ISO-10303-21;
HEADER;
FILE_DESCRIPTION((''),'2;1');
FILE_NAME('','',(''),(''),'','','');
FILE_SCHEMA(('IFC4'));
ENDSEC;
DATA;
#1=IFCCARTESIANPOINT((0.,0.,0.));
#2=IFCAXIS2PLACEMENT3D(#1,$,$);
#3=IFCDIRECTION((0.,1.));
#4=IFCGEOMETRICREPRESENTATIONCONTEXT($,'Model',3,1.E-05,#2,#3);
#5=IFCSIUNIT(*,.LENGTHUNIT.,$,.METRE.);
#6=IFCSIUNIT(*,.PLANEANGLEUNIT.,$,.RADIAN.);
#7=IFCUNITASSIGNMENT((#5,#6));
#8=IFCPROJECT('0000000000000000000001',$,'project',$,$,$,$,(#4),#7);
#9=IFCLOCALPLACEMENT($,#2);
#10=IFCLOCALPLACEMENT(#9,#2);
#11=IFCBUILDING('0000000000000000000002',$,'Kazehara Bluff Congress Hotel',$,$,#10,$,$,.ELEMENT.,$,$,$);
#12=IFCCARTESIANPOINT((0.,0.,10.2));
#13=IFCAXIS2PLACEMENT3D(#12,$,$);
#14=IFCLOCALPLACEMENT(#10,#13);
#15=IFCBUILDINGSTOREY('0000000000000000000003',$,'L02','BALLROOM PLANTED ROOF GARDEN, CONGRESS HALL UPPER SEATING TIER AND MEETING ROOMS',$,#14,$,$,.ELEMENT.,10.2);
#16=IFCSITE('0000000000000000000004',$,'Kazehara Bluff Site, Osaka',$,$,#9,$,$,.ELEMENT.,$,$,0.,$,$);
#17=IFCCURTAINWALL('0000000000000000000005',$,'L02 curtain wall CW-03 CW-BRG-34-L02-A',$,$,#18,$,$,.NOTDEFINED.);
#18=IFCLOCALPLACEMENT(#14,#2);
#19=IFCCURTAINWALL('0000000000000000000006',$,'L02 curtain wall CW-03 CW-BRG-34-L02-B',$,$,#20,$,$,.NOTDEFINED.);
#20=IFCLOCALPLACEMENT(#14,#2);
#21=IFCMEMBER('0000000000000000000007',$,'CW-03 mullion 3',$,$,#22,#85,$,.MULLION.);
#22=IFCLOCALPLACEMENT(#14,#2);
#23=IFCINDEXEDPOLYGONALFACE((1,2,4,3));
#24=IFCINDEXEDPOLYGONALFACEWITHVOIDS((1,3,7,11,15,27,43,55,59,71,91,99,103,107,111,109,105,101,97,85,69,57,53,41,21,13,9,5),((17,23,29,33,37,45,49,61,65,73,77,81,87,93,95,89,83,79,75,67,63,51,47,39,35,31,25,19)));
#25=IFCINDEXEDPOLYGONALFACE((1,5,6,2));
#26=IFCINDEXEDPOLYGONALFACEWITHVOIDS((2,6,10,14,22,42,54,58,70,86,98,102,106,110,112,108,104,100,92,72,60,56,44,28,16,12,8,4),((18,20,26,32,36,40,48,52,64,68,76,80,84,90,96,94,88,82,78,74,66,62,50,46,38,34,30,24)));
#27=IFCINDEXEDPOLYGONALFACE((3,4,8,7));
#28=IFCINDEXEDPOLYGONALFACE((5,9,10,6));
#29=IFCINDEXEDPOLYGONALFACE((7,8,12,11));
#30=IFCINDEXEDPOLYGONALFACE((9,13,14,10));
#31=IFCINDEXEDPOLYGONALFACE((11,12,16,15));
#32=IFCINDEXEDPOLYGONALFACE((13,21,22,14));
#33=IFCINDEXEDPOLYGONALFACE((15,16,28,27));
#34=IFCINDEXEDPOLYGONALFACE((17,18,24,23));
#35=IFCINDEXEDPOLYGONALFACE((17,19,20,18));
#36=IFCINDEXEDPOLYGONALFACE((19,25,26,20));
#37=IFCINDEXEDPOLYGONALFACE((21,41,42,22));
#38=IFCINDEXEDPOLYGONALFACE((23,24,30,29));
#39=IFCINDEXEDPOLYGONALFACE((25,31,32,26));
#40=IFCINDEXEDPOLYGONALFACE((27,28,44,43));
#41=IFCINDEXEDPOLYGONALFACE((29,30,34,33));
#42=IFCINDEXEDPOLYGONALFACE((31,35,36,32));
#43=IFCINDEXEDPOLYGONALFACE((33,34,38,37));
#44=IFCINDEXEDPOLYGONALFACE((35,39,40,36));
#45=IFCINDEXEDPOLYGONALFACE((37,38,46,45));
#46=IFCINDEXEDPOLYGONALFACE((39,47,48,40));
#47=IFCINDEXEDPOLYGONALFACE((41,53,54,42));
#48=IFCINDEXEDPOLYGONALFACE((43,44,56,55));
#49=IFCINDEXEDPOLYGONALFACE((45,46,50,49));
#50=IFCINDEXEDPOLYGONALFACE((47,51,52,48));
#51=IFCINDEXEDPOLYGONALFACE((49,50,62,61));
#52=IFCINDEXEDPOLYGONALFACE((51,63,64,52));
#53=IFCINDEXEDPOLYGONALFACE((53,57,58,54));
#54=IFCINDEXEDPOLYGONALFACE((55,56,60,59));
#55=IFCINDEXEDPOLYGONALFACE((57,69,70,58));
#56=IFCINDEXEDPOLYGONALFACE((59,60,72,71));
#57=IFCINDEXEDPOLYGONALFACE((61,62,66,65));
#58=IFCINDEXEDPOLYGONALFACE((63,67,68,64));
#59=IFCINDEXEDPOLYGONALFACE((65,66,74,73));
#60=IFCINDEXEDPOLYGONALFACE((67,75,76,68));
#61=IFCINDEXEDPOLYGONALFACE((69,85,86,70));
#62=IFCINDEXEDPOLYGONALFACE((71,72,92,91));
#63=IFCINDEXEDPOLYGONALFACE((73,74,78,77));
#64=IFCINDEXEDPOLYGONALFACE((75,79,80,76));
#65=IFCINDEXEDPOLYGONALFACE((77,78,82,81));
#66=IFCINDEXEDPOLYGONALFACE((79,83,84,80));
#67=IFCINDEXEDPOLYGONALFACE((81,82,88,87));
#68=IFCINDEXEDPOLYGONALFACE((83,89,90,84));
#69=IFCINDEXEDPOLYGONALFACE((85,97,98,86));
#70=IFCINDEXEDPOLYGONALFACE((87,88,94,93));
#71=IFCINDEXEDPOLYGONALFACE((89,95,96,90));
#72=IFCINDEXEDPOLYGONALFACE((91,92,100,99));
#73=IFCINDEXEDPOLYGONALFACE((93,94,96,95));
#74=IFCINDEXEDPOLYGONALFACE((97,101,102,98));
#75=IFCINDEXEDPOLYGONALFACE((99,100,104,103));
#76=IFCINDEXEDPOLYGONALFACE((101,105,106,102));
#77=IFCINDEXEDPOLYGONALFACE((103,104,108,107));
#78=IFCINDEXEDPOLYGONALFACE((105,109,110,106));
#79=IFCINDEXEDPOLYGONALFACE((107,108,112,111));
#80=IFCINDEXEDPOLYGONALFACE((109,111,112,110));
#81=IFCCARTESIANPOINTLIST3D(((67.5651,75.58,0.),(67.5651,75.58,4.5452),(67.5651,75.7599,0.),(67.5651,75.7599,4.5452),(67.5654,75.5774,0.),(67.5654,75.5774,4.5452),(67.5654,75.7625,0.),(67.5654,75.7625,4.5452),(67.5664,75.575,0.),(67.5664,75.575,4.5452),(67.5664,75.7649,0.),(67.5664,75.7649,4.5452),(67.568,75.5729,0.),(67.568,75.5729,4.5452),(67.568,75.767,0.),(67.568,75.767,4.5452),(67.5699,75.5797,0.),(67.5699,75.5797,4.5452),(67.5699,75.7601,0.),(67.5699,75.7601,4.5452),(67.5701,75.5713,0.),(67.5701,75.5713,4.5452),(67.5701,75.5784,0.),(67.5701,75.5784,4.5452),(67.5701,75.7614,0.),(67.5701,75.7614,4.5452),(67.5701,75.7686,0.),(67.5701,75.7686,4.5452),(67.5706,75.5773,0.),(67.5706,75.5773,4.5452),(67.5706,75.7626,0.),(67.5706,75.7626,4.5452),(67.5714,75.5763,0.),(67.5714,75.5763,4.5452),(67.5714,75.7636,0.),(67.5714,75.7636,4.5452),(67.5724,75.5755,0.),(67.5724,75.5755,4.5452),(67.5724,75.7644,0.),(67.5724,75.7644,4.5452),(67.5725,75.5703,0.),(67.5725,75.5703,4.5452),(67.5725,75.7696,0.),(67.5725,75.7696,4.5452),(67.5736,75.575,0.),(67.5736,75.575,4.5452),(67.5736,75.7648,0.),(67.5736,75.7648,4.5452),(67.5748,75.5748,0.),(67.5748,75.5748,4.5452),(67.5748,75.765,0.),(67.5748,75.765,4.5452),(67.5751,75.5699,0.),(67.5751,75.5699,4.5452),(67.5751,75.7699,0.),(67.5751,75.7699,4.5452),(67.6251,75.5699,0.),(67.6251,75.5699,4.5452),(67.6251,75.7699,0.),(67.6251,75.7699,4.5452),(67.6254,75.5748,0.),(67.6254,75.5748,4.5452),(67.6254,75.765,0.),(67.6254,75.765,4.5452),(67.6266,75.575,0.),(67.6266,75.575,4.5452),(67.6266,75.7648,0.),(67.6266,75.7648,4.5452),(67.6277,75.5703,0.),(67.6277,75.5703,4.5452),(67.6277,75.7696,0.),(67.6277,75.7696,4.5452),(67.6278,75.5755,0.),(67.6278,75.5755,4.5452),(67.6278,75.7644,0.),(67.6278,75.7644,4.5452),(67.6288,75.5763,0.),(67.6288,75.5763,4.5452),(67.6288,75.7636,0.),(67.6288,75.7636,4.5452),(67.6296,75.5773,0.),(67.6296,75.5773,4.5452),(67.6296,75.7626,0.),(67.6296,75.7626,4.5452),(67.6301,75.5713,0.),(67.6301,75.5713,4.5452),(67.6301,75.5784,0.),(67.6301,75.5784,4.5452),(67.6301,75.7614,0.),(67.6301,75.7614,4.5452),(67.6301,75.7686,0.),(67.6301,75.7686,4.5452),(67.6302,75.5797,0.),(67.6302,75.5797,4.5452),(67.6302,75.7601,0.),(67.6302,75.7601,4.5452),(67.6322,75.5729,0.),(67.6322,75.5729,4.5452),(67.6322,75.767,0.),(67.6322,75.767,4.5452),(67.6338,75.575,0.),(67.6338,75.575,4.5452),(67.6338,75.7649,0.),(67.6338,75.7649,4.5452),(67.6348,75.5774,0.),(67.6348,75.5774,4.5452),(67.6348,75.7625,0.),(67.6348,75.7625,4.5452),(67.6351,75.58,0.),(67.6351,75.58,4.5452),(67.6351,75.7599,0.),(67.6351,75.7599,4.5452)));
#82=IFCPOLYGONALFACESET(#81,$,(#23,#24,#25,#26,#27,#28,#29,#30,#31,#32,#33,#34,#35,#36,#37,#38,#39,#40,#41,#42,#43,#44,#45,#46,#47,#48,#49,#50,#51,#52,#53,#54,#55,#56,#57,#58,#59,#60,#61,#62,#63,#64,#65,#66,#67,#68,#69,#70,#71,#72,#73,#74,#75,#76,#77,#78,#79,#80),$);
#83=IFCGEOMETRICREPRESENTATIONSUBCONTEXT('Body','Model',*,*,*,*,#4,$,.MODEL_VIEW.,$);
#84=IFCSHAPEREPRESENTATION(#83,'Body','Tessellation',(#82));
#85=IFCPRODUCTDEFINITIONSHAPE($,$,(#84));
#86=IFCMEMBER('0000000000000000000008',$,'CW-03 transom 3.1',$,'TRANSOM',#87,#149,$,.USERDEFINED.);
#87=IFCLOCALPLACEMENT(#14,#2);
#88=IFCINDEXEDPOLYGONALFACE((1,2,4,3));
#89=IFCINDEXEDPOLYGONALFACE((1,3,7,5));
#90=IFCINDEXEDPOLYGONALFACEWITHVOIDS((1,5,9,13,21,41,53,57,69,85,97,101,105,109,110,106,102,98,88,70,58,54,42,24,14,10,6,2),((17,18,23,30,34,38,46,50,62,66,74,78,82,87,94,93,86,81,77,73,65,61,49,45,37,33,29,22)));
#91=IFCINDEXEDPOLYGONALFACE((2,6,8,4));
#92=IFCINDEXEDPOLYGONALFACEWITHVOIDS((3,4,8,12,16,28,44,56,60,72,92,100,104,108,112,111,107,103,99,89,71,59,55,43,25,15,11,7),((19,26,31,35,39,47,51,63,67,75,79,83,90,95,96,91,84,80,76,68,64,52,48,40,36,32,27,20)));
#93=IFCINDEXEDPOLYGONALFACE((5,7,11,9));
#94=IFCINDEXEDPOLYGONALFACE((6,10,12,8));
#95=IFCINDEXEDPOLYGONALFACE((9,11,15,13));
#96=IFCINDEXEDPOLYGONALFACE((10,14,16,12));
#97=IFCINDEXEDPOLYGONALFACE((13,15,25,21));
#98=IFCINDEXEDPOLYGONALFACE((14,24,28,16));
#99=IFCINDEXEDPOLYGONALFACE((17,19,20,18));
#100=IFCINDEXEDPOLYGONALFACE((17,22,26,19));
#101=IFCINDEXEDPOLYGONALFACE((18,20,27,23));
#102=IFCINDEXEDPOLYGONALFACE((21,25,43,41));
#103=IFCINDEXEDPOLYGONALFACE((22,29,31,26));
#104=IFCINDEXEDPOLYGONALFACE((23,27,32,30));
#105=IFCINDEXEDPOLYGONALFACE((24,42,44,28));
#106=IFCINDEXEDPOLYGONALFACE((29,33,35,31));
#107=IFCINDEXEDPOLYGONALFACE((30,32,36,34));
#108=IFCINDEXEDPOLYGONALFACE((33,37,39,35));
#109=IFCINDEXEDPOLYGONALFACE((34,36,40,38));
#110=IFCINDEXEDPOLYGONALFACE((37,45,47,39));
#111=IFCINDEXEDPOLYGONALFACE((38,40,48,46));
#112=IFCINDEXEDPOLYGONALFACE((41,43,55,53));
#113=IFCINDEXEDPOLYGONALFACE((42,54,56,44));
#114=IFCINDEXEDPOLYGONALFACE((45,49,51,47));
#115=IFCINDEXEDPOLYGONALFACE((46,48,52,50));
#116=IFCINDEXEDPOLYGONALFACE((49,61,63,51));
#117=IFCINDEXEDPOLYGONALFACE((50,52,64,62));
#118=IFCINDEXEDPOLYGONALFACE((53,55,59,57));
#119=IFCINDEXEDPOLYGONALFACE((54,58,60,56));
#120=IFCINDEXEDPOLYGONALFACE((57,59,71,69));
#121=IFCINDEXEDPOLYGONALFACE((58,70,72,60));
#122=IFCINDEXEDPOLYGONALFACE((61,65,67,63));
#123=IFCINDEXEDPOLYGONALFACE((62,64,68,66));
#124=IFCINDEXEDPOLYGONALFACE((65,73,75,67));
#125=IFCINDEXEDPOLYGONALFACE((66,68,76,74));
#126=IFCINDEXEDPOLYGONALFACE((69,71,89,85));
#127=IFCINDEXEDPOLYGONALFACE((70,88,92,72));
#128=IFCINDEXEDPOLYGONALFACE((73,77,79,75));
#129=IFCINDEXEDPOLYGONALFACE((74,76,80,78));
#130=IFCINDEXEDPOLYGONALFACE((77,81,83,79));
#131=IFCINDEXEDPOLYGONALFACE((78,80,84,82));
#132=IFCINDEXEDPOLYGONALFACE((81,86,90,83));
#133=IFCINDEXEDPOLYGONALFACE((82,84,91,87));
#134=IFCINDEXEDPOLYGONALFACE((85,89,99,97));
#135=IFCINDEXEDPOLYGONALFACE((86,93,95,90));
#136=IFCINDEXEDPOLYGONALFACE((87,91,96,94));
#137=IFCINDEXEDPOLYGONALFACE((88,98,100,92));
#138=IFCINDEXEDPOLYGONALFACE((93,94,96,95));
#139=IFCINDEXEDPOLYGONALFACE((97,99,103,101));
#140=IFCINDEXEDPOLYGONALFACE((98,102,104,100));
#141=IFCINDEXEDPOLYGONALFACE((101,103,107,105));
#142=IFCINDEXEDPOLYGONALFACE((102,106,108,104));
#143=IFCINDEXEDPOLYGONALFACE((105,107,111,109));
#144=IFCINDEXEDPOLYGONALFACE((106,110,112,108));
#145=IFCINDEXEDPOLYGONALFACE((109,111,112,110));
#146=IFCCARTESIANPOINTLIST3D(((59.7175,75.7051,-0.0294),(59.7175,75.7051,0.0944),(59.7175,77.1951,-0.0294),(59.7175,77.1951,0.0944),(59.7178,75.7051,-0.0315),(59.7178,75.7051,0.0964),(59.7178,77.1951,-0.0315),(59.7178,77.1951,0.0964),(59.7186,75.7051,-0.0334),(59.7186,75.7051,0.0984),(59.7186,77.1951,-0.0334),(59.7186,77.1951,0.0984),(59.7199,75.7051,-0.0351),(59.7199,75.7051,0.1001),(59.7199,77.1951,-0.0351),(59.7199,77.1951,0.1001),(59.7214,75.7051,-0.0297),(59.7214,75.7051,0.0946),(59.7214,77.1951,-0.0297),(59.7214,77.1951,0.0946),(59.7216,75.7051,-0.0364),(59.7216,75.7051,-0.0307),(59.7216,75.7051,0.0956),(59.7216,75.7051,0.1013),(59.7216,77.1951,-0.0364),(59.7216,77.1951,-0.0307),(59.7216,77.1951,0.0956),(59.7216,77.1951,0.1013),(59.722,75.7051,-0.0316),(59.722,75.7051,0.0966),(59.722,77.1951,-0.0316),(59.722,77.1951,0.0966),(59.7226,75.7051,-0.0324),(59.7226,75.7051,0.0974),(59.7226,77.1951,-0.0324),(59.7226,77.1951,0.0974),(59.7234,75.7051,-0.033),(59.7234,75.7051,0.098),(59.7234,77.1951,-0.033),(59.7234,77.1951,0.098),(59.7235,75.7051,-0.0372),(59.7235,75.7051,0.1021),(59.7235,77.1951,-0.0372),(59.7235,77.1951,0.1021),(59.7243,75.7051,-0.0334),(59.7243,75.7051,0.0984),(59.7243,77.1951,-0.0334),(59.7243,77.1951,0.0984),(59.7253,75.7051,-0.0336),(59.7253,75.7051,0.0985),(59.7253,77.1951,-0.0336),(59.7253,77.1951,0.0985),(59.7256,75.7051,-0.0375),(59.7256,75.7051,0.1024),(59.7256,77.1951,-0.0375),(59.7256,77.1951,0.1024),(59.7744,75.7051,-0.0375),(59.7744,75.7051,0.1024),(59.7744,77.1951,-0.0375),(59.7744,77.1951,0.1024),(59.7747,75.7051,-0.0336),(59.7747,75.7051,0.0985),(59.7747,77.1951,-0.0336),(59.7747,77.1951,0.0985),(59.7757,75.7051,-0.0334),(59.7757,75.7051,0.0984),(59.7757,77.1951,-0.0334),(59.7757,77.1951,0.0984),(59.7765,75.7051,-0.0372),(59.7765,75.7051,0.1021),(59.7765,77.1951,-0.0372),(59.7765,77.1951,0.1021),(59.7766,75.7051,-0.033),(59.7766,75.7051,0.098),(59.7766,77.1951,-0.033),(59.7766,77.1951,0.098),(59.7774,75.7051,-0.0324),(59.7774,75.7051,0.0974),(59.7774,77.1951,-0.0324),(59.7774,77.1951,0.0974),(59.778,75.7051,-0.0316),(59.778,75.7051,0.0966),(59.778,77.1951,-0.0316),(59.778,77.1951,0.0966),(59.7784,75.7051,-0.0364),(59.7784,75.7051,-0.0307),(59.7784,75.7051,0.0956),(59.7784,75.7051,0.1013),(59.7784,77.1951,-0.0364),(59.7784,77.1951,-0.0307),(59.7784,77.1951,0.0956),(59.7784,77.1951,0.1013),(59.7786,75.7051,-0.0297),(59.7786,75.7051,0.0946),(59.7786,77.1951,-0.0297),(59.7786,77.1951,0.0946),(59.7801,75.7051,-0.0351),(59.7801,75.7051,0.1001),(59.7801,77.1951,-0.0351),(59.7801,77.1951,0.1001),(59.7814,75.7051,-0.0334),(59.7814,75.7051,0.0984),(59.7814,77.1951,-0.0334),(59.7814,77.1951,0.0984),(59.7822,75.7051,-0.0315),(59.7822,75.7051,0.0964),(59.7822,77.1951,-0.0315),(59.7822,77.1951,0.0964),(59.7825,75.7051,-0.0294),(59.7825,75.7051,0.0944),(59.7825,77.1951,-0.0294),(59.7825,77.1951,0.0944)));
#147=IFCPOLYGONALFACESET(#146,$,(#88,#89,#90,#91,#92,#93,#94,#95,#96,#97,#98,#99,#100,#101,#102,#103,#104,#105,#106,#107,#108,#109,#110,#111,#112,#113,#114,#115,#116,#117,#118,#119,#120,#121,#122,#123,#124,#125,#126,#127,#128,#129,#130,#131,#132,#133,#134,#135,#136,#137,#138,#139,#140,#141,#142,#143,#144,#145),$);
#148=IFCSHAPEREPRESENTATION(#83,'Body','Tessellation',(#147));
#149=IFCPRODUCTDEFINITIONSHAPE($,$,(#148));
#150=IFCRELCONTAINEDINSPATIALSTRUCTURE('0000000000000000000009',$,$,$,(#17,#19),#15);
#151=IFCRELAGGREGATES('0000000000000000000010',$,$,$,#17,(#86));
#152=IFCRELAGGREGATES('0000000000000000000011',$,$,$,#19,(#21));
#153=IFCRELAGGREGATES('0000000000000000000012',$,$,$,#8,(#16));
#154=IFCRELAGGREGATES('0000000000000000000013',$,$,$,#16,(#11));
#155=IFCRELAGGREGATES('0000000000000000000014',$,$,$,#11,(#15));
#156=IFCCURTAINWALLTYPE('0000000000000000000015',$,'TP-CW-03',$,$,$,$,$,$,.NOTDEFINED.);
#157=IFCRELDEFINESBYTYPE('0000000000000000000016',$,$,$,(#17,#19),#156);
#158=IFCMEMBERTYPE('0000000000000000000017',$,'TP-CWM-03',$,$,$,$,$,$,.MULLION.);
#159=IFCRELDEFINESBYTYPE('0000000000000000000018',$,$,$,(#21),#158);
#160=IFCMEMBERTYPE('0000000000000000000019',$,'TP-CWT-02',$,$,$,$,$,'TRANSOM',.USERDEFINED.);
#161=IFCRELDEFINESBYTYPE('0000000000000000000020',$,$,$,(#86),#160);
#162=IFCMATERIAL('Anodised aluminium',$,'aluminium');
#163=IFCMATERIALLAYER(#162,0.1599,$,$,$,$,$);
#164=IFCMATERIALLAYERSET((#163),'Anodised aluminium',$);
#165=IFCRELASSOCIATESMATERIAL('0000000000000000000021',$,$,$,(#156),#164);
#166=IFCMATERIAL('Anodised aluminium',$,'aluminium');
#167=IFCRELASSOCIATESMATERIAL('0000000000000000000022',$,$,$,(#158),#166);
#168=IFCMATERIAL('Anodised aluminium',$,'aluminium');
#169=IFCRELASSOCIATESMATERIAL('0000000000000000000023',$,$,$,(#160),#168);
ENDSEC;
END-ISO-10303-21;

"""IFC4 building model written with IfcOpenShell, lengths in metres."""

from ifc_helpers import new_model, si_unit, direction, frame, origin, origin_2d, place, context, subcontext, project, spatial, hollow_rectangle, extrude, material, layer, layer_set, material_profile, profile_set, type_object, element, aggregate, save


model = new_model("IFC4")

# Units and contexts
model_context = context("Model", 3, precision=1e-05, world=origin(), true_north=direction((0.0, 1.0)))
body_context = subcontext(model_context, "Body", "Model", "MODEL_VIEW")
ifc_project = project(units=[si_unit("LENGTHUNIT", "METRE"), si_unit("PLANEANGLEUNIT", "RADIAN")], contexts=[model_context])

# Site, building, storey
site_placement = place(None, origin())
site = spatial("IfcSite", under=ifc_project, at=site_placement, Name="Kazehara Bluff Site, Osaka", CompositionType="ELEMENT", RefElevation=0.0)
building_placement = place(site_placement, origin())
building = spatial("IfcBuilding", under=site, at=building_placement, Name="Kazehara Bluff Congress Hotel", CompositionType="ELEMENT")
storey_placement = place(building_placement, frame((0.0, 0.0, 10.2)))
storey = spatial("IfcBuildingStorey", under=building, at=storey_placement, Name="L02", Description="BALLROOM PLANTED ROOF GARDEN, CONGRESS HALL UPPER SEATING TIER AND MEETING ROOMS", CompositionType="ELEMENT", Elevation=10.2)

# Curtain wall
ifc_material_1 = material(Name="Anodised aluminium", Category="aluminium")
ifc_layer_1 = layer(ifc_material_1, 0.1599)
ifc_layer_set_1 = layer_set([ifc_layer_1], Name="Anodised aluminium")
curtain_wall_type = type_object("IfcCurtainWallType", Name="TP-CW-03", PredefinedType="NOTDEFINED", material=ifc_layer_set_1)
curtain_wall_1_placement = place(storey_placement, origin())
curtain_wall_1 = element("IfcCurtainWall", 1, at=curtain_wall_1_placement, inside=storey, type_object=curtain_wall_type, Name="L02 curtain wall CW-03 CW-BRG-34-L02-A", PredefinedType="NOTDEFINED")
ifc_material_2 = material(Name="Anodised aluminium", Category="aluminium")
ifc_material_profile_1 = material_profile(ifc_material_2, hollow_rectangle(XDim=0.0701, YDim=0.2, WallThickness=0.0049, InnerFilletRadius=0.0049, OuterFilletRadius=0.01, at=origin_2d()))
ifc_profile_set_1 = profile_set([ifc_material_profile_1], Name="Anodised aluminium")
member_type_1 = type_object("IfcMemberType", Name="TP-CWM-03", PredefinedType="MULLION", material=ifc_profile_set_1)

# Curtain wall, member
curtain_wall_2_placement = place(storey_placement, origin())
curtain_wall_2 = element("IfcCurtainWall", 2, at=curtain_wall_2_placement, inside=storey, type_object=curtain_wall_type, Name="L02 curtain wall CW-03 CW-BRG-34-L02-B", PredefinedType="NOTDEFINED")
member_1_placement = place(storey_placement, frame((67.6001, 75.6699, 0.0), z_axis=(0.0, 0.0, 1.0), x_axis=(-1.0, 0.0, 0.0)))
member_1 = element("IfcMember", 3, at=member_1_placement, type_object=member_type_1, Name="CW-03 mullion 3", PredefinedType="MULLION", context=body_context, shape_type="SweptSolid", body=[
    extrude(hollow_rectangle(XDim=0.0701, YDim=0.2, WallThickness=0.0049, InnerFilletRadius=0.0049, OuterFilletRadius=0.01, at=origin_2d()), origin(), (0.0, 0.0, 1.0), 4.5452),
])

# Member
ifc_material_3 = material(Name="Anodised aluminium", Category="aluminium")
ifc_material_profile_2 = material_profile(ifc_material_3, hollow_rectangle(XDim=0.0649, YDim=0.1399, WallThickness=0.0039, InnerFilletRadius=0.0039, OuterFilletRadius=0.0081, at=origin_2d()))
ifc_profile_set_2 = profile_set([ifc_material_profile_2], Name="Anodised aluminium")
member_type_2 = type_object("IfcMemberType", Name="TP-CWT-02", ElementType="TRANSOM", PredefinedType="USERDEFINED", material=ifc_profile_set_2)
member_2_placement = place(storey_placement, frame((59.75, 75.7051, 0.0325), z_axis=(0.0, 1.0, 0.0), x_axis=(-1.0, 0.0, 0.0)))
member_2 = element("IfcMember", 4, at=member_2_placement, type_object=member_type_2, Name="CW-03 transom 3.1", ObjectType="TRANSOM", PredefinedType="USERDEFINED", context=body_context, shape_type="SweptSolid", body=[
    extrude(hollow_rectangle(XDim=0.0649, YDim=0.1399, WallThickness=0.0039, InnerFilletRadius=0.0039, OuterFilletRadius=0.0081, at=origin_2d()), origin(), (0.0, 0.0, 1.0), 1.49),
])

aggregate(curtain_wall_1, [member_2])
aggregate(curtain_wall_2, [member_1])

save(model, "model.ifc")
